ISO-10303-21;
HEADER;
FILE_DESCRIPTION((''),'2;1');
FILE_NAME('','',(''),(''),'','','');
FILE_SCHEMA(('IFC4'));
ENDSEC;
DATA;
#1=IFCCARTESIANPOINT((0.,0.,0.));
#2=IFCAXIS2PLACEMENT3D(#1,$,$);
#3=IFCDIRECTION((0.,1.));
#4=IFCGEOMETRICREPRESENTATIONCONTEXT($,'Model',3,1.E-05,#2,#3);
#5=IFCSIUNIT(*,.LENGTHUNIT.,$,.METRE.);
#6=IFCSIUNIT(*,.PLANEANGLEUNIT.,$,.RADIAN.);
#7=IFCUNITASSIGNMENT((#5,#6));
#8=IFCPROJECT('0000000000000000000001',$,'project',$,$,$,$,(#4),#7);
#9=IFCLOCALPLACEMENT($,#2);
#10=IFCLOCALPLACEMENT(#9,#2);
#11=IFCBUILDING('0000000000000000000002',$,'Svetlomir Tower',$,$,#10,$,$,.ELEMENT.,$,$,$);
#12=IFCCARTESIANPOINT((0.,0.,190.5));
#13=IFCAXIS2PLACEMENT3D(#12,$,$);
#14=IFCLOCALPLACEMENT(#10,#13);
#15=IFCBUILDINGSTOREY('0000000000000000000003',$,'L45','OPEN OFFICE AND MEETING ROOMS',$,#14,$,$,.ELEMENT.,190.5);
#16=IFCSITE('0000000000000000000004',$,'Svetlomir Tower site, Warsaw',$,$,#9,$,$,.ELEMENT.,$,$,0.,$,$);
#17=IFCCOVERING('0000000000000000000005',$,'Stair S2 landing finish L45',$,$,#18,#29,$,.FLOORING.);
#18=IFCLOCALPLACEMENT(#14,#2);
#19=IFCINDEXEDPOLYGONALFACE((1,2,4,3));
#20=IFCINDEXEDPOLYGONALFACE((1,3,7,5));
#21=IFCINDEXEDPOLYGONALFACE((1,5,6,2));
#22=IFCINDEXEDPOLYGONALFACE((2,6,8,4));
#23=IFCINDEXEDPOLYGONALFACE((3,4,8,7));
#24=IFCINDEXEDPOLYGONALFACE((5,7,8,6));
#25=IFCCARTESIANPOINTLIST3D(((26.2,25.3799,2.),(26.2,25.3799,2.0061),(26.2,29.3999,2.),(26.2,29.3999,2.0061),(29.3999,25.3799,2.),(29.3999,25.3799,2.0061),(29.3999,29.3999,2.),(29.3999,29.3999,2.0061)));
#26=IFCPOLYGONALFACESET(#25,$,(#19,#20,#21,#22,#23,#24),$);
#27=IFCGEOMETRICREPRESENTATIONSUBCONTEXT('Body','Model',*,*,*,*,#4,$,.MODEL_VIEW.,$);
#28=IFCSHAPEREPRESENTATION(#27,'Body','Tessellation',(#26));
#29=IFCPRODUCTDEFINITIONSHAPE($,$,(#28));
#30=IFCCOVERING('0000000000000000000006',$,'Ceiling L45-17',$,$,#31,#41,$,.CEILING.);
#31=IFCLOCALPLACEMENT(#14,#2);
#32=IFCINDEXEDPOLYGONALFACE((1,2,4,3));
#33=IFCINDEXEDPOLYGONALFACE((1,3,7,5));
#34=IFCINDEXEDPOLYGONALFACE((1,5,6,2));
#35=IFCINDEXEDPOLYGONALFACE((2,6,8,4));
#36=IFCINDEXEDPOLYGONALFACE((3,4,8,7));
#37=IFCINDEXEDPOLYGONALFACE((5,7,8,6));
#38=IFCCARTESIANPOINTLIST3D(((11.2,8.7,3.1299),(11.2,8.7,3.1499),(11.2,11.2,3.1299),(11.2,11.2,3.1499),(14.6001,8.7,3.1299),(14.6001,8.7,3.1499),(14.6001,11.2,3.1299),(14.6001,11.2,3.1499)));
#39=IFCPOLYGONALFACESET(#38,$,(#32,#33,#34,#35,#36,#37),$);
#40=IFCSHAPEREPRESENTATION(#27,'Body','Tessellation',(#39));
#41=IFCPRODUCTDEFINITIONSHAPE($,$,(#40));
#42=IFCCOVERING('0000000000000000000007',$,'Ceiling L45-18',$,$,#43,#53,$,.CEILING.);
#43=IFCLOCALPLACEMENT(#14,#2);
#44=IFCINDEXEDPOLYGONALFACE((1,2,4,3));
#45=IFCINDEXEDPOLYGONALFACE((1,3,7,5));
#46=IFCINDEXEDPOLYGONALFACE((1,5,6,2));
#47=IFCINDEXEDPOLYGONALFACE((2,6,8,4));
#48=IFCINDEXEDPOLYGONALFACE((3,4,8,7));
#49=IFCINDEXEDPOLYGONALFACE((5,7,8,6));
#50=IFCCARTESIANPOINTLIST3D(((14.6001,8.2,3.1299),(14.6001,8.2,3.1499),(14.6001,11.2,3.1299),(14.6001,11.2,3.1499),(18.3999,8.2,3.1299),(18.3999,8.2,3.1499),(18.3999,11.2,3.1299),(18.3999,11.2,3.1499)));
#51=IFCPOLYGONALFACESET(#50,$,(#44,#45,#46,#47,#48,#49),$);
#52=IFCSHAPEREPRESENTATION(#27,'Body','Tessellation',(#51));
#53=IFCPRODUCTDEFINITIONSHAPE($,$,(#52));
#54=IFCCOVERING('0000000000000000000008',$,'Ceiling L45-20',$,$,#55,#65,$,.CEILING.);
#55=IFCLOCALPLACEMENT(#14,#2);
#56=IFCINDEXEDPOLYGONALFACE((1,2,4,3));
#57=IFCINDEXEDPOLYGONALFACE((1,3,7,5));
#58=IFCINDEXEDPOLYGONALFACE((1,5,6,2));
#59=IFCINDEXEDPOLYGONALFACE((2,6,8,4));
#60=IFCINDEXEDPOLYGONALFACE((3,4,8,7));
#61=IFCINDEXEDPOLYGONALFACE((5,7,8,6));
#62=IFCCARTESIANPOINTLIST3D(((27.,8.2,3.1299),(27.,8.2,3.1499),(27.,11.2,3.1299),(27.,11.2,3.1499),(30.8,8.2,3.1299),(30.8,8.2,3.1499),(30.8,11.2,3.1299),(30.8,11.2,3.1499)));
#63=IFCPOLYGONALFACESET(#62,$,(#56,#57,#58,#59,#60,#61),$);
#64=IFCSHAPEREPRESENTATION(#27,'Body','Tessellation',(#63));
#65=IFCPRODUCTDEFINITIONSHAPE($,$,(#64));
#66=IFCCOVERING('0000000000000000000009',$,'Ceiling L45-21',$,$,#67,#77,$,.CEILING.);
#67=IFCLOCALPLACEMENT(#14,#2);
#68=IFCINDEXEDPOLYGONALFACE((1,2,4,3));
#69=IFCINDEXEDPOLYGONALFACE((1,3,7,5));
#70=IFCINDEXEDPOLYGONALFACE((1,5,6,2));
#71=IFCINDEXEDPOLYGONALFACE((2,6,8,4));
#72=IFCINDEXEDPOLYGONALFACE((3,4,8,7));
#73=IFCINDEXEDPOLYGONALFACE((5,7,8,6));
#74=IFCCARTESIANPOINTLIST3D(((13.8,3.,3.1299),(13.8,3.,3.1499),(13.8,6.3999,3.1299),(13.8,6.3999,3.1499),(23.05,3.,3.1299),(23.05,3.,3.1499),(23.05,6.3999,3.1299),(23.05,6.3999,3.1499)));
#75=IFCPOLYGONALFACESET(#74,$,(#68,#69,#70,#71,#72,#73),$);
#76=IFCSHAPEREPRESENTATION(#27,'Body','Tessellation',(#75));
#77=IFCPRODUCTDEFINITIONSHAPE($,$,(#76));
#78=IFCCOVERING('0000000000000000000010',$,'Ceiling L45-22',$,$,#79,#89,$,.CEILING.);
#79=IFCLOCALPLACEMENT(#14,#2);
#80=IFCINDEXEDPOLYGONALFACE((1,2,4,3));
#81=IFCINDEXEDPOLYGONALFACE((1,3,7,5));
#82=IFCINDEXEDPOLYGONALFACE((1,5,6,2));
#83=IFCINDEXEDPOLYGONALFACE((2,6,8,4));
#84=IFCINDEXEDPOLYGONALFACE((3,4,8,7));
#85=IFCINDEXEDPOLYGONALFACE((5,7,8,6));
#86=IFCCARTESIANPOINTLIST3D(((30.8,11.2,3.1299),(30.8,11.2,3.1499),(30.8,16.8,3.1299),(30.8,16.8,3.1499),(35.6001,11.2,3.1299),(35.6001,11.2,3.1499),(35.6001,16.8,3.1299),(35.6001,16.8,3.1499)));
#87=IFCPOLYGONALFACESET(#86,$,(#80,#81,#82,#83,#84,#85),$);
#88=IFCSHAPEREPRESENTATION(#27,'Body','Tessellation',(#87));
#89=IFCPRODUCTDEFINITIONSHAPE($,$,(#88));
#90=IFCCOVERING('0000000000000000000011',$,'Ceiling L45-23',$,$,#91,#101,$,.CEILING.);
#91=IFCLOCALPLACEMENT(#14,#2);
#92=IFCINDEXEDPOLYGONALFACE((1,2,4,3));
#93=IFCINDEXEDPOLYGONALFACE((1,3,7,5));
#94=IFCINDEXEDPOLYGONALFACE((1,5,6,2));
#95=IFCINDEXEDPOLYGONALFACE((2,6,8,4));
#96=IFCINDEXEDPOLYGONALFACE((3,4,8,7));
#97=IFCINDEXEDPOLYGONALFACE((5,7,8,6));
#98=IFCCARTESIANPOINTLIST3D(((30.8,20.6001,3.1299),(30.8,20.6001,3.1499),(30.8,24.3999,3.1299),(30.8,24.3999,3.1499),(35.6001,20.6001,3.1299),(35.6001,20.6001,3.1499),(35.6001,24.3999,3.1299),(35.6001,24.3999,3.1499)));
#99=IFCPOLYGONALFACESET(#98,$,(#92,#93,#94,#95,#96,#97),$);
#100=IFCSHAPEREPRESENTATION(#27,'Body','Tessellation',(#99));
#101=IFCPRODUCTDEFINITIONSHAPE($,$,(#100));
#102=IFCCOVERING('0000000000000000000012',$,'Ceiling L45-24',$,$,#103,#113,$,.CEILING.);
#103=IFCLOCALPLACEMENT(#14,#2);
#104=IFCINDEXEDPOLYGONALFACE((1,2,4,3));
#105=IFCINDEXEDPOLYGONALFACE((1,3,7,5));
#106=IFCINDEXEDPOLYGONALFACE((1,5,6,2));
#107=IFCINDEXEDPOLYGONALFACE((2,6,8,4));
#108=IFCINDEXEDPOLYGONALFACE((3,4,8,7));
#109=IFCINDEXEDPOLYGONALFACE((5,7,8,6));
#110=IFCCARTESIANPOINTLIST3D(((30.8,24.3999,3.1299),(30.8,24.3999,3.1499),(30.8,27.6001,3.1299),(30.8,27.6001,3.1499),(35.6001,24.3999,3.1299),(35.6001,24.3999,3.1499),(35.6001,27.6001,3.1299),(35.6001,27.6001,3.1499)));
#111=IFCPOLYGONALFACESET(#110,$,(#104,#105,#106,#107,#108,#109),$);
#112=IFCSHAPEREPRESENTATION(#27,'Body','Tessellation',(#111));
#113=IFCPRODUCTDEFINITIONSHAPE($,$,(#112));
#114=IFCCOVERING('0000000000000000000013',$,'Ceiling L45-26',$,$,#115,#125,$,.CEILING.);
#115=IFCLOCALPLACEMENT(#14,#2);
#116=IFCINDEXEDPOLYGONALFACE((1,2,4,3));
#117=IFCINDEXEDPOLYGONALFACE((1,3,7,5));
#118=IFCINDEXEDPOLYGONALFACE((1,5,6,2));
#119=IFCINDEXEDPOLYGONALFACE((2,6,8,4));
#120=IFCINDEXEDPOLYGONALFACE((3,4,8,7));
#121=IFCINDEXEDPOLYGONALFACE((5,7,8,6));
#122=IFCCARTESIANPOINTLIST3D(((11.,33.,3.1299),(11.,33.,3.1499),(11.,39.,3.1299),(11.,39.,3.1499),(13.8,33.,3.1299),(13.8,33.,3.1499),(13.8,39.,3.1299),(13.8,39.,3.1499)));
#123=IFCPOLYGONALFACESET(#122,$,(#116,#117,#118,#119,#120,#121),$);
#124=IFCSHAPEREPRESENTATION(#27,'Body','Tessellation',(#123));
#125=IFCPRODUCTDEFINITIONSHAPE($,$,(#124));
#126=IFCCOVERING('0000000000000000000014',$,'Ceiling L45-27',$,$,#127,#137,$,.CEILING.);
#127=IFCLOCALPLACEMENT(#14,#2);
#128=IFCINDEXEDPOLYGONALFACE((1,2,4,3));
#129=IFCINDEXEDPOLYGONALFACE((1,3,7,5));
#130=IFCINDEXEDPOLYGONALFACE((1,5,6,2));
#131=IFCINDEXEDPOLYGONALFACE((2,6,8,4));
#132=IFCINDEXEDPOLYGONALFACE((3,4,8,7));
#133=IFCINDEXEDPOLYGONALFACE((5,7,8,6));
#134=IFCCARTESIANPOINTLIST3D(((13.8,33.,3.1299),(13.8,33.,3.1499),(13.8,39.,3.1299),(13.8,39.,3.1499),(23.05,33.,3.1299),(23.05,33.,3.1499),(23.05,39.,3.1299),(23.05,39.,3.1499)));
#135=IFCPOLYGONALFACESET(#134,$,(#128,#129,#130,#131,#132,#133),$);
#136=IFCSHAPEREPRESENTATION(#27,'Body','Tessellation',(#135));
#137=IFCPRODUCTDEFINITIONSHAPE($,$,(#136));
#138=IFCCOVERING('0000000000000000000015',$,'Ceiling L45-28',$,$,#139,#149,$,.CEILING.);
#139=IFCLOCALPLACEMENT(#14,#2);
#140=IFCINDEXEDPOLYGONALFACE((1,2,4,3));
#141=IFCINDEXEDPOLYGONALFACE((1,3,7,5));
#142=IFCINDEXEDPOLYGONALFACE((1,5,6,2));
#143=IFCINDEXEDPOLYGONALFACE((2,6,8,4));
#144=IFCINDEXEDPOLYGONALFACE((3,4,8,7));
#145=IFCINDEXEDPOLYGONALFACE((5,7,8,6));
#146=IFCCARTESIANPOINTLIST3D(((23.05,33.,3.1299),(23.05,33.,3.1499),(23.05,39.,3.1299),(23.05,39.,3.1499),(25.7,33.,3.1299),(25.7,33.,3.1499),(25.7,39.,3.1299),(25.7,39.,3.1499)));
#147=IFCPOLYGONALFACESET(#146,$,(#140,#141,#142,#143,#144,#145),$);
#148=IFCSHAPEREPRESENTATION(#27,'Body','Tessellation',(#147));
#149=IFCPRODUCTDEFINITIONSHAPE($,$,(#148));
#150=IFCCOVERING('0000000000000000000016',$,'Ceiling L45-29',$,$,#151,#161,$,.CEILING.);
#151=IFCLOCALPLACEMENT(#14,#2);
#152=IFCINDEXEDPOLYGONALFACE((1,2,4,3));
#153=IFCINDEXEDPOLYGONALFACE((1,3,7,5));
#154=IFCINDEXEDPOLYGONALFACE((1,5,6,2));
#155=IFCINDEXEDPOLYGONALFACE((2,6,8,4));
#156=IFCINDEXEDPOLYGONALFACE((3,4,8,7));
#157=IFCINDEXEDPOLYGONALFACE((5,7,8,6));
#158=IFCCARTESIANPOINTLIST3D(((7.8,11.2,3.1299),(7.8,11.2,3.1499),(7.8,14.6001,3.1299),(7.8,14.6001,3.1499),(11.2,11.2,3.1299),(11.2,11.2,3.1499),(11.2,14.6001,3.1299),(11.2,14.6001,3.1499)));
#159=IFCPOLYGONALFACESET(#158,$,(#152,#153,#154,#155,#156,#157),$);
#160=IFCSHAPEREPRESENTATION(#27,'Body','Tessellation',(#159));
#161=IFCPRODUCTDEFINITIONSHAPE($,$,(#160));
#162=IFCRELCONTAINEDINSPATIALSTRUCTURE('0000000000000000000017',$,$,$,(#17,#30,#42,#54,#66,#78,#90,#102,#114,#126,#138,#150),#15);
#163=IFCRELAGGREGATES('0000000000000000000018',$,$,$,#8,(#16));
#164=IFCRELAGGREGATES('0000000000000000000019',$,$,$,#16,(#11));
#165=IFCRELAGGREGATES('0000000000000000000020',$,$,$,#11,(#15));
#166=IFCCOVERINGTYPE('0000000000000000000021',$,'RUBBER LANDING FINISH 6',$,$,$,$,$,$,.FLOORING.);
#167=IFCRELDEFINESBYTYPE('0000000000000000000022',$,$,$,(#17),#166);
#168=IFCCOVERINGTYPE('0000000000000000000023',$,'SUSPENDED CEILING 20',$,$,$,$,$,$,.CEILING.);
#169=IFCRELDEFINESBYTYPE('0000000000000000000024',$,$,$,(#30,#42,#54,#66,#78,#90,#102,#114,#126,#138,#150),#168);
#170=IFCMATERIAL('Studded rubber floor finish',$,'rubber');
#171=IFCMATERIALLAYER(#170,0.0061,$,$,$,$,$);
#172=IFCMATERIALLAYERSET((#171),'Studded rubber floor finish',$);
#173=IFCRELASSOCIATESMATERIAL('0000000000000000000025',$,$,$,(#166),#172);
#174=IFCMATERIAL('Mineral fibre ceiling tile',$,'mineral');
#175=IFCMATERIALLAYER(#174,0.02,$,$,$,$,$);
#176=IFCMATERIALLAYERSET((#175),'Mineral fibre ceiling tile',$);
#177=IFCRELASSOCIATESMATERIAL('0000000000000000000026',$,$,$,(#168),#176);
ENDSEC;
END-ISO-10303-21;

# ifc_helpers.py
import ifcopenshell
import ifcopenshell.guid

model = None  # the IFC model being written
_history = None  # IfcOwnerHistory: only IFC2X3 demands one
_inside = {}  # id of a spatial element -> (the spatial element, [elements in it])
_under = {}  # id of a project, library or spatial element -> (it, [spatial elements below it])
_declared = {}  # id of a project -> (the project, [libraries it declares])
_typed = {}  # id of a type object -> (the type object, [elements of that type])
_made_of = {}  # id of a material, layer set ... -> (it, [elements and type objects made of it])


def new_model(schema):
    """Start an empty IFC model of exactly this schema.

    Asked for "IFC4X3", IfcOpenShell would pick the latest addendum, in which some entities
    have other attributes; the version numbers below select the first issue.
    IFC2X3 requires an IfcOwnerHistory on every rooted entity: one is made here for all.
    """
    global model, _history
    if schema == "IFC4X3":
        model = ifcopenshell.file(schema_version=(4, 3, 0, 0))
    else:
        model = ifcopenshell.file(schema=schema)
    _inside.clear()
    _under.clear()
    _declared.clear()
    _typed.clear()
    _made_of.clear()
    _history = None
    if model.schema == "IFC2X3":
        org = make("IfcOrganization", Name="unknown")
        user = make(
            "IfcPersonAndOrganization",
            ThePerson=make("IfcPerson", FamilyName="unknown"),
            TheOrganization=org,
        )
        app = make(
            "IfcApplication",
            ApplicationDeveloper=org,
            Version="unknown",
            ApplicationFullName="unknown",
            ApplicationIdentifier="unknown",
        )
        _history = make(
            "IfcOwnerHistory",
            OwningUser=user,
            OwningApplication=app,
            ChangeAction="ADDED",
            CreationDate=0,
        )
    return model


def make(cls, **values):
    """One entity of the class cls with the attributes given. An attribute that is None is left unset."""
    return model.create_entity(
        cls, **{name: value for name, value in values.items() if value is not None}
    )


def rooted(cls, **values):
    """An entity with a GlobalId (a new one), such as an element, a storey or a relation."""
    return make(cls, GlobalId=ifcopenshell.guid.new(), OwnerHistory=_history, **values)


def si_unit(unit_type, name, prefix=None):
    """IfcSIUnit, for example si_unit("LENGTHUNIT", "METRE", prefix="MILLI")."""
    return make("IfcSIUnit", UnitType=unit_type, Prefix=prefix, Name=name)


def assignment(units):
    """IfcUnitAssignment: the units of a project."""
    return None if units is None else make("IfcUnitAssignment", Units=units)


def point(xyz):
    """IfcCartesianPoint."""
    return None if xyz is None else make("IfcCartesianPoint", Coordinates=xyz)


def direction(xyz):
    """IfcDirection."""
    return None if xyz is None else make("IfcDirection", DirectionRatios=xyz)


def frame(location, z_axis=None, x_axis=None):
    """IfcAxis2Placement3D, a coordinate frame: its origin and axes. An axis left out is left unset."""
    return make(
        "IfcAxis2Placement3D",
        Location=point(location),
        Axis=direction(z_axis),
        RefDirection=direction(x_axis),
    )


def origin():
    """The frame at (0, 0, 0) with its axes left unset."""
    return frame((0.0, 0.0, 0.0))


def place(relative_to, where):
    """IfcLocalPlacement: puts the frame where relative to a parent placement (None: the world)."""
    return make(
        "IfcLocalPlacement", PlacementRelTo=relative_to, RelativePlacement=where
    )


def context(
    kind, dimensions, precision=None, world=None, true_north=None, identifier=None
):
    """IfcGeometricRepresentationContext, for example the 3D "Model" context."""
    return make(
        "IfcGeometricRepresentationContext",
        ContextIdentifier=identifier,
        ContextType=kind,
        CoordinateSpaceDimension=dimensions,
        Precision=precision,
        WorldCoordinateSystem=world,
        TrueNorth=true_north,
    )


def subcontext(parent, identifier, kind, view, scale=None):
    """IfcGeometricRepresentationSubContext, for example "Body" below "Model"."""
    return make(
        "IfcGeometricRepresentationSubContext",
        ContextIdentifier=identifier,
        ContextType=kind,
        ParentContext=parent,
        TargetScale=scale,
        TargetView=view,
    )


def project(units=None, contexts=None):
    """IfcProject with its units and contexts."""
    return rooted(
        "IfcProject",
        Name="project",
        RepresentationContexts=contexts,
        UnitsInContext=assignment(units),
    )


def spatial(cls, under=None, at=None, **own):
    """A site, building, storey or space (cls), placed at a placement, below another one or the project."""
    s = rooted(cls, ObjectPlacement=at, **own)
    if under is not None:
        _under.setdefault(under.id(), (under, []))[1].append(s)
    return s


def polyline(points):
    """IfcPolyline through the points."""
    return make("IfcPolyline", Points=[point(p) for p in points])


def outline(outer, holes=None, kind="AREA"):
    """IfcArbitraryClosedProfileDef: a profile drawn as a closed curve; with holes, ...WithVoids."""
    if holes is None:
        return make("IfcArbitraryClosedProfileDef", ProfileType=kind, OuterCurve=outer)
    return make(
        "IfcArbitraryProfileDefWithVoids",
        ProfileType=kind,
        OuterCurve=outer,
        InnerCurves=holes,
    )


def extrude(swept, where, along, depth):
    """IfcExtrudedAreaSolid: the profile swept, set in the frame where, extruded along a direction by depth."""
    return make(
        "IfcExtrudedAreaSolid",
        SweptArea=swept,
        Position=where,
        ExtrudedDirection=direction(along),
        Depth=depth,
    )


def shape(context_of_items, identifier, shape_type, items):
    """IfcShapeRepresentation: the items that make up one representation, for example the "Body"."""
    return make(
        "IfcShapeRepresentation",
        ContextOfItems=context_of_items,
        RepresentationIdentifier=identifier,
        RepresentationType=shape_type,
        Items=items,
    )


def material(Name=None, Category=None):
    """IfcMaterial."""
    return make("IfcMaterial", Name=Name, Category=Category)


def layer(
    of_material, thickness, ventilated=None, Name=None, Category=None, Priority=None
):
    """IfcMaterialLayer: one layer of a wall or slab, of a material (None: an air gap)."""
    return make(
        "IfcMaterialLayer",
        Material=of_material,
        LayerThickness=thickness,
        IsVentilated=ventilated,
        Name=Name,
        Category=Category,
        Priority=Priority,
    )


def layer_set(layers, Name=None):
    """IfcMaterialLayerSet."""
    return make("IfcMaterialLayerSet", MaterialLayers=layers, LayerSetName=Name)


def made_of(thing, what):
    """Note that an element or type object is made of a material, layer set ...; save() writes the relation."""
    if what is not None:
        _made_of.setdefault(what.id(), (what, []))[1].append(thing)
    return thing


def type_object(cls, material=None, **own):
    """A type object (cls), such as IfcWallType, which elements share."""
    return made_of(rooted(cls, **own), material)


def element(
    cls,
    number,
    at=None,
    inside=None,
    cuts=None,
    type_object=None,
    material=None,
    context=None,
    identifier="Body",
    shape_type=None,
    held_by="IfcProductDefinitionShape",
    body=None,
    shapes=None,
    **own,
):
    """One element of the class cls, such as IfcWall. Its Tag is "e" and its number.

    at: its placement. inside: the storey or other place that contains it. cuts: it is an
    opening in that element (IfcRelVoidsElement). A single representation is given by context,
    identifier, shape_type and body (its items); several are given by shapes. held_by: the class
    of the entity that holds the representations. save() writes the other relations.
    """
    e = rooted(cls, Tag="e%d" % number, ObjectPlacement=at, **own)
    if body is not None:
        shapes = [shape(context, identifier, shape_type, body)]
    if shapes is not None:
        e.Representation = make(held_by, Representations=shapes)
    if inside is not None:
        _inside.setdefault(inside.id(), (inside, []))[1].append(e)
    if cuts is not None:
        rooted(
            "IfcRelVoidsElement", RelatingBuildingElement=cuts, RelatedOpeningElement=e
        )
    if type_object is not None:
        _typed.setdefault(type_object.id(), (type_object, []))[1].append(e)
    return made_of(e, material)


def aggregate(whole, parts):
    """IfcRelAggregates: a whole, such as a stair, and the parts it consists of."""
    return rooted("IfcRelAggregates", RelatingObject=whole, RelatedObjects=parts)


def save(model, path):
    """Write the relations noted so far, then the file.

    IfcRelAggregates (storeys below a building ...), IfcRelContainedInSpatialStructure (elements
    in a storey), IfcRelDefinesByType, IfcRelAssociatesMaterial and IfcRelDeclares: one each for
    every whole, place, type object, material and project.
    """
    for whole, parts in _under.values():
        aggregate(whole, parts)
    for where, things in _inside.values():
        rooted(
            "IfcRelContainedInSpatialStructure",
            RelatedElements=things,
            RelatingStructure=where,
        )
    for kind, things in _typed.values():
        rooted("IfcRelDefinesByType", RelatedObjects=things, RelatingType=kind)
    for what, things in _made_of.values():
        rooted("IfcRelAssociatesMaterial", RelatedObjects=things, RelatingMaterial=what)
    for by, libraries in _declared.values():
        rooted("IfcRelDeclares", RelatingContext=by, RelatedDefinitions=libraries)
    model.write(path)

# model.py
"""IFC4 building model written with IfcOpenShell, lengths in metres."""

from ifc_helpers import new_model, si_unit, direction, frame, origin, place, context, subcontext, project, spatial, polyline, outline, extrude, material, layer, layer_set, type_object, element, save


model = new_model("IFC4")

# Units and contexts
model_context = context("Model", 3, precision=1e-05, world=origin(), true_north=direction((0.0, 1.0)))
body_context = subcontext(model_context, "Body", "Model", "MODEL_VIEW")
ifc_project = project(units=[si_unit("LENGTHUNIT", "METRE"), si_unit("PLANEANGLEUNIT", "RADIAN")], contexts=[model_context])

# Site, building, storey
site_placement = place(None, origin())
site = spatial("IfcSite", under=ifc_project, at=site_placement, Name="Svetlomir Tower site, Warsaw", CompositionType="ELEMENT", RefElevation=0.0)
building_placement = place(site_placement, origin())
building = spatial("IfcBuilding", under=site, at=building_placement, Name="Svetlomir Tower", CompositionType="ELEMENT")
storey_placement = place(building_placement, frame((0.0, 0.0, 190.5)))
storey = spatial("IfcBuildingStorey", under=building, at=storey_placement, Name="L45", Description="OPEN OFFICE AND MEETING ROOMS", CompositionType="ELEMENT", Elevation=190.5)

# Coverings
ifc_material_1 = material(Name="Studded rubber floor finish", Category="rubber")
ifc_layer_1 = layer(ifc_material_1, 0.0061)
ifc_layer_set_1 = layer_set([ifc_layer_1], Name="Studded rubber floor finish")
covering_type_1 = type_object("IfcCoveringType", Name="RUBBER LANDING FINISH 6", PredefinedType="FLOORING", material=ifc_layer_set_1)
covering_1_placement = place(storey_placement, frame((0.0, 0.0, 2.0)))
element("IfcCovering", 1, at=covering_1_placement, inside=storey, type_object=covering_type_1, Name="Stair S2 landing finish L45", PredefinedType="FLOORING", context=body_context, shape_type="SweptSolid", body=[
    extrude(outline(polyline([(26.2, 25.3799), (29.3999, 25.3799), (29.3999, 29.3999), (26.2, 29.3999), (26.2, 25.3799)])), origin(), (0.0, 0.0, 1.0), 0.0061),
])
ifc_material_2 = material(Name="Mineral fibre ceiling tile", Category="mineral")
ifc_layer_2 = layer(ifc_material_2, 0.02)
ifc_layer_set_2 = layer_set([ifc_layer_2], Name="Mineral fibre ceiling tile")
covering_type_2 = type_object("IfcCoveringType", Name="SUSPENDED CEILING 20", PredefinedType="CEILING", material=ifc_layer_set_2)
covering_2_placement = place(storey_placement, frame((0.0, 0.0, 3.1299)))
element("IfcCovering", 2, at=covering_2_placement, inside=storey, type_object=covering_type_2, Name="Ceiling L45-17", PredefinedType="CEILING", context=body_context, shape_type="SweptSolid", body=[
    extrude(outline(polyline([(11.2, 8.7), (14.6001, 8.7), (14.6001, 11.2), (11.2, 11.2), (11.2, 8.7)])), origin(), (0.0, 0.0, 1.0), 0.02),
])
covering_3_placement = place(storey_placement, frame((0.0, 0.0, 3.1299)))
element("IfcCovering", 3, at=covering_3_placement, inside=storey, type_object=covering_type_2, Name="Ceiling L45-18", PredefinedType="CEILING", context=body_context, shape_type="SweptSolid", body=[
    extrude(outline(polyline([(14.6001, 8.2), (18.3999, 8.2), (18.3999, 11.2), (14.6001, 11.2), (14.6001, 8.2)])), origin(), (0.0, 0.0, 1.0), 0.02),
])
covering_4_placement = place(storey_placement, frame((0.0, 0.0, 3.1299)))
element("IfcCovering", 4, at=covering_4_placement, inside=storey, type_object=covering_type_2, Name="Ceiling L45-20", PredefinedType="CEILING", context=body_context, shape_type="SweptSolid", body=[
    extrude(outline(polyline([(27.0, 8.2), (30.8, 8.2), (30.8, 11.2), (27.0, 11.2), (27.0, 8.2)])), origin(), (0.0, 0.0, 1.0), 0.02),
])
covering_5_placement = place(storey_placement, frame((0.0, 0.0, 3.1299)))
element("IfcCovering", 5, at=covering_5_placement, inside=storey, type_object=covering_type_2, Name="Ceiling L45-21", PredefinedType="CEILING", context=body_context, shape_type="SweptSolid", body=[
    extrude(outline(polyline([(13.8, 3.0), (23.05, 3.0), (23.05, 6.3999), (13.8, 6.3999), (13.8, 3.0)])), origin(), (0.0, 0.0, 1.0), 0.02),
])
covering_6_placement = place(storey_placement, frame((0.0, 0.0, 3.1299)))
element("IfcCovering", 6, at=covering_6_placement, inside=storey, type_object=covering_type_2, Name="Ceiling L45-22", PredefinedType="CEILING", context=body_context, shape_type="SweptSolid", body=[
    extrude(outline(polyline([(30.8, 11.2), (35.6001, 11.2), (35.6001, 16.8), (30.8, 16.8), (30.8, 11.2)])), origin(), (0.0, 0.0, 1.0), 0.02),
])
covering_7_placement = place(storey_placement, frame((0.0, 0.0, 3.1299)))
element("IfcCovering", 7, at=covering_7_placement, inside=storey, type_object=covering_type_2, Name="Ceiling L45-23", PredefinedType="CEILING", context=body_context, shape_type="SweptSolid", body=[
    extrude(outline(polyline([(30.8, 20.6001), (35.6001, 20.6001), (35.6001, 24.3999), (30.8, 24.3999), (30.8, 20.6001)])), origin(), (0.0, 0.0, 1.0), 0.02),
])
covering_8_placement = place(storey_placement, frame((0.0, 0.0, 3.1299)))
element("IfcCovering", 8, at=covering_8_placement, inside=storey, type_object=covering_type_2, Name="Ceiling L45-24", PredefinedType="CEILING", context=body_context, shape_type="SweptSolid", body=[
    extrude(outline(polyline([(30.8, 24.3999), (35.6001, 24.3999), (35.6001, 27.6001), (30.8, 27.6001), (30.8, 24.3999)])), origin(), (0.0, 0.0, 1.0), 0.02),
])
covering_9_placement = place(storey_placement, frame((0.0, 0.0, 3.1299)))
element("IfcCovering", 9, at=covering_9_placement, inside=storey, type_object=covering_type_2, Name="Ceiling L45-26", PredefinedType="CEILING", context=body_context, shape_type="SweptSolid", body=[
    extrude(outline(polyline([(11.0, 33.0), (13.8, 33.0), (13.8, 39.0), (11.0, 39.0), (11.0, 33.0)])), origin(), (0.0, 0.0, 1.0), 0.02),
])
covering_10_placement = place(storey_placement, frame((0.0, 0.0, 3.1299)))
element("IfcCovering", 10, at=covering_10_placement, inside=storey, type_object=covering_type_2, Name="Ceiling L45-27", PredefinedType="CEILING", context=body_context, shape_type="SweptSolid", body=[
    extrude(outline(polyline([(13.8, 33.0), (23.05, 33.0), (23.05, 39.0), (13.8, 39.0), (13.8, 33.0)])), origin(), (0.0, 0.0, 1.0), 0.02),
])
covering_11_placement = place(storey_placement, frame((0.0, 0.0, 3.1299)))
element("IfcCovering", 11, at=covering_11_placement, inside=storey, type_object=covering_type_2, Name="Ceiling L45-28", PredefinedType="CEILING", context=body_context, shape_type="SweptSolid", body=[
    extrude(outline(polyline([(23.05, 33.0), (25.7, 33.0), (25.7, 39.0), (23.05, 39.0), (23.05, 33.0)])), origin(), (0.0, 0.0, 1.0), 0.02),
])
covering_12_placement = place(storey_placement, frame((0.0, 0.0, 3.1299)))
element("IfcCovering", 12, at=covering_12_placement, inside=storey, type_object=covering_type_2, Name="Ceiling L45-29", PredefinedType="CEILING", context=body_context, shape_type="SweptSolid", body=[
    extrude(outline(polyline([(7.8, 11.2), (11.2, 11.2), (11.2, 14.6001), (7.8, 14.6001), (7.8, 11.2)])), origin(), (0.0, 0.0, 1.0), 0.02),
])

save(model, "model.ifc")
